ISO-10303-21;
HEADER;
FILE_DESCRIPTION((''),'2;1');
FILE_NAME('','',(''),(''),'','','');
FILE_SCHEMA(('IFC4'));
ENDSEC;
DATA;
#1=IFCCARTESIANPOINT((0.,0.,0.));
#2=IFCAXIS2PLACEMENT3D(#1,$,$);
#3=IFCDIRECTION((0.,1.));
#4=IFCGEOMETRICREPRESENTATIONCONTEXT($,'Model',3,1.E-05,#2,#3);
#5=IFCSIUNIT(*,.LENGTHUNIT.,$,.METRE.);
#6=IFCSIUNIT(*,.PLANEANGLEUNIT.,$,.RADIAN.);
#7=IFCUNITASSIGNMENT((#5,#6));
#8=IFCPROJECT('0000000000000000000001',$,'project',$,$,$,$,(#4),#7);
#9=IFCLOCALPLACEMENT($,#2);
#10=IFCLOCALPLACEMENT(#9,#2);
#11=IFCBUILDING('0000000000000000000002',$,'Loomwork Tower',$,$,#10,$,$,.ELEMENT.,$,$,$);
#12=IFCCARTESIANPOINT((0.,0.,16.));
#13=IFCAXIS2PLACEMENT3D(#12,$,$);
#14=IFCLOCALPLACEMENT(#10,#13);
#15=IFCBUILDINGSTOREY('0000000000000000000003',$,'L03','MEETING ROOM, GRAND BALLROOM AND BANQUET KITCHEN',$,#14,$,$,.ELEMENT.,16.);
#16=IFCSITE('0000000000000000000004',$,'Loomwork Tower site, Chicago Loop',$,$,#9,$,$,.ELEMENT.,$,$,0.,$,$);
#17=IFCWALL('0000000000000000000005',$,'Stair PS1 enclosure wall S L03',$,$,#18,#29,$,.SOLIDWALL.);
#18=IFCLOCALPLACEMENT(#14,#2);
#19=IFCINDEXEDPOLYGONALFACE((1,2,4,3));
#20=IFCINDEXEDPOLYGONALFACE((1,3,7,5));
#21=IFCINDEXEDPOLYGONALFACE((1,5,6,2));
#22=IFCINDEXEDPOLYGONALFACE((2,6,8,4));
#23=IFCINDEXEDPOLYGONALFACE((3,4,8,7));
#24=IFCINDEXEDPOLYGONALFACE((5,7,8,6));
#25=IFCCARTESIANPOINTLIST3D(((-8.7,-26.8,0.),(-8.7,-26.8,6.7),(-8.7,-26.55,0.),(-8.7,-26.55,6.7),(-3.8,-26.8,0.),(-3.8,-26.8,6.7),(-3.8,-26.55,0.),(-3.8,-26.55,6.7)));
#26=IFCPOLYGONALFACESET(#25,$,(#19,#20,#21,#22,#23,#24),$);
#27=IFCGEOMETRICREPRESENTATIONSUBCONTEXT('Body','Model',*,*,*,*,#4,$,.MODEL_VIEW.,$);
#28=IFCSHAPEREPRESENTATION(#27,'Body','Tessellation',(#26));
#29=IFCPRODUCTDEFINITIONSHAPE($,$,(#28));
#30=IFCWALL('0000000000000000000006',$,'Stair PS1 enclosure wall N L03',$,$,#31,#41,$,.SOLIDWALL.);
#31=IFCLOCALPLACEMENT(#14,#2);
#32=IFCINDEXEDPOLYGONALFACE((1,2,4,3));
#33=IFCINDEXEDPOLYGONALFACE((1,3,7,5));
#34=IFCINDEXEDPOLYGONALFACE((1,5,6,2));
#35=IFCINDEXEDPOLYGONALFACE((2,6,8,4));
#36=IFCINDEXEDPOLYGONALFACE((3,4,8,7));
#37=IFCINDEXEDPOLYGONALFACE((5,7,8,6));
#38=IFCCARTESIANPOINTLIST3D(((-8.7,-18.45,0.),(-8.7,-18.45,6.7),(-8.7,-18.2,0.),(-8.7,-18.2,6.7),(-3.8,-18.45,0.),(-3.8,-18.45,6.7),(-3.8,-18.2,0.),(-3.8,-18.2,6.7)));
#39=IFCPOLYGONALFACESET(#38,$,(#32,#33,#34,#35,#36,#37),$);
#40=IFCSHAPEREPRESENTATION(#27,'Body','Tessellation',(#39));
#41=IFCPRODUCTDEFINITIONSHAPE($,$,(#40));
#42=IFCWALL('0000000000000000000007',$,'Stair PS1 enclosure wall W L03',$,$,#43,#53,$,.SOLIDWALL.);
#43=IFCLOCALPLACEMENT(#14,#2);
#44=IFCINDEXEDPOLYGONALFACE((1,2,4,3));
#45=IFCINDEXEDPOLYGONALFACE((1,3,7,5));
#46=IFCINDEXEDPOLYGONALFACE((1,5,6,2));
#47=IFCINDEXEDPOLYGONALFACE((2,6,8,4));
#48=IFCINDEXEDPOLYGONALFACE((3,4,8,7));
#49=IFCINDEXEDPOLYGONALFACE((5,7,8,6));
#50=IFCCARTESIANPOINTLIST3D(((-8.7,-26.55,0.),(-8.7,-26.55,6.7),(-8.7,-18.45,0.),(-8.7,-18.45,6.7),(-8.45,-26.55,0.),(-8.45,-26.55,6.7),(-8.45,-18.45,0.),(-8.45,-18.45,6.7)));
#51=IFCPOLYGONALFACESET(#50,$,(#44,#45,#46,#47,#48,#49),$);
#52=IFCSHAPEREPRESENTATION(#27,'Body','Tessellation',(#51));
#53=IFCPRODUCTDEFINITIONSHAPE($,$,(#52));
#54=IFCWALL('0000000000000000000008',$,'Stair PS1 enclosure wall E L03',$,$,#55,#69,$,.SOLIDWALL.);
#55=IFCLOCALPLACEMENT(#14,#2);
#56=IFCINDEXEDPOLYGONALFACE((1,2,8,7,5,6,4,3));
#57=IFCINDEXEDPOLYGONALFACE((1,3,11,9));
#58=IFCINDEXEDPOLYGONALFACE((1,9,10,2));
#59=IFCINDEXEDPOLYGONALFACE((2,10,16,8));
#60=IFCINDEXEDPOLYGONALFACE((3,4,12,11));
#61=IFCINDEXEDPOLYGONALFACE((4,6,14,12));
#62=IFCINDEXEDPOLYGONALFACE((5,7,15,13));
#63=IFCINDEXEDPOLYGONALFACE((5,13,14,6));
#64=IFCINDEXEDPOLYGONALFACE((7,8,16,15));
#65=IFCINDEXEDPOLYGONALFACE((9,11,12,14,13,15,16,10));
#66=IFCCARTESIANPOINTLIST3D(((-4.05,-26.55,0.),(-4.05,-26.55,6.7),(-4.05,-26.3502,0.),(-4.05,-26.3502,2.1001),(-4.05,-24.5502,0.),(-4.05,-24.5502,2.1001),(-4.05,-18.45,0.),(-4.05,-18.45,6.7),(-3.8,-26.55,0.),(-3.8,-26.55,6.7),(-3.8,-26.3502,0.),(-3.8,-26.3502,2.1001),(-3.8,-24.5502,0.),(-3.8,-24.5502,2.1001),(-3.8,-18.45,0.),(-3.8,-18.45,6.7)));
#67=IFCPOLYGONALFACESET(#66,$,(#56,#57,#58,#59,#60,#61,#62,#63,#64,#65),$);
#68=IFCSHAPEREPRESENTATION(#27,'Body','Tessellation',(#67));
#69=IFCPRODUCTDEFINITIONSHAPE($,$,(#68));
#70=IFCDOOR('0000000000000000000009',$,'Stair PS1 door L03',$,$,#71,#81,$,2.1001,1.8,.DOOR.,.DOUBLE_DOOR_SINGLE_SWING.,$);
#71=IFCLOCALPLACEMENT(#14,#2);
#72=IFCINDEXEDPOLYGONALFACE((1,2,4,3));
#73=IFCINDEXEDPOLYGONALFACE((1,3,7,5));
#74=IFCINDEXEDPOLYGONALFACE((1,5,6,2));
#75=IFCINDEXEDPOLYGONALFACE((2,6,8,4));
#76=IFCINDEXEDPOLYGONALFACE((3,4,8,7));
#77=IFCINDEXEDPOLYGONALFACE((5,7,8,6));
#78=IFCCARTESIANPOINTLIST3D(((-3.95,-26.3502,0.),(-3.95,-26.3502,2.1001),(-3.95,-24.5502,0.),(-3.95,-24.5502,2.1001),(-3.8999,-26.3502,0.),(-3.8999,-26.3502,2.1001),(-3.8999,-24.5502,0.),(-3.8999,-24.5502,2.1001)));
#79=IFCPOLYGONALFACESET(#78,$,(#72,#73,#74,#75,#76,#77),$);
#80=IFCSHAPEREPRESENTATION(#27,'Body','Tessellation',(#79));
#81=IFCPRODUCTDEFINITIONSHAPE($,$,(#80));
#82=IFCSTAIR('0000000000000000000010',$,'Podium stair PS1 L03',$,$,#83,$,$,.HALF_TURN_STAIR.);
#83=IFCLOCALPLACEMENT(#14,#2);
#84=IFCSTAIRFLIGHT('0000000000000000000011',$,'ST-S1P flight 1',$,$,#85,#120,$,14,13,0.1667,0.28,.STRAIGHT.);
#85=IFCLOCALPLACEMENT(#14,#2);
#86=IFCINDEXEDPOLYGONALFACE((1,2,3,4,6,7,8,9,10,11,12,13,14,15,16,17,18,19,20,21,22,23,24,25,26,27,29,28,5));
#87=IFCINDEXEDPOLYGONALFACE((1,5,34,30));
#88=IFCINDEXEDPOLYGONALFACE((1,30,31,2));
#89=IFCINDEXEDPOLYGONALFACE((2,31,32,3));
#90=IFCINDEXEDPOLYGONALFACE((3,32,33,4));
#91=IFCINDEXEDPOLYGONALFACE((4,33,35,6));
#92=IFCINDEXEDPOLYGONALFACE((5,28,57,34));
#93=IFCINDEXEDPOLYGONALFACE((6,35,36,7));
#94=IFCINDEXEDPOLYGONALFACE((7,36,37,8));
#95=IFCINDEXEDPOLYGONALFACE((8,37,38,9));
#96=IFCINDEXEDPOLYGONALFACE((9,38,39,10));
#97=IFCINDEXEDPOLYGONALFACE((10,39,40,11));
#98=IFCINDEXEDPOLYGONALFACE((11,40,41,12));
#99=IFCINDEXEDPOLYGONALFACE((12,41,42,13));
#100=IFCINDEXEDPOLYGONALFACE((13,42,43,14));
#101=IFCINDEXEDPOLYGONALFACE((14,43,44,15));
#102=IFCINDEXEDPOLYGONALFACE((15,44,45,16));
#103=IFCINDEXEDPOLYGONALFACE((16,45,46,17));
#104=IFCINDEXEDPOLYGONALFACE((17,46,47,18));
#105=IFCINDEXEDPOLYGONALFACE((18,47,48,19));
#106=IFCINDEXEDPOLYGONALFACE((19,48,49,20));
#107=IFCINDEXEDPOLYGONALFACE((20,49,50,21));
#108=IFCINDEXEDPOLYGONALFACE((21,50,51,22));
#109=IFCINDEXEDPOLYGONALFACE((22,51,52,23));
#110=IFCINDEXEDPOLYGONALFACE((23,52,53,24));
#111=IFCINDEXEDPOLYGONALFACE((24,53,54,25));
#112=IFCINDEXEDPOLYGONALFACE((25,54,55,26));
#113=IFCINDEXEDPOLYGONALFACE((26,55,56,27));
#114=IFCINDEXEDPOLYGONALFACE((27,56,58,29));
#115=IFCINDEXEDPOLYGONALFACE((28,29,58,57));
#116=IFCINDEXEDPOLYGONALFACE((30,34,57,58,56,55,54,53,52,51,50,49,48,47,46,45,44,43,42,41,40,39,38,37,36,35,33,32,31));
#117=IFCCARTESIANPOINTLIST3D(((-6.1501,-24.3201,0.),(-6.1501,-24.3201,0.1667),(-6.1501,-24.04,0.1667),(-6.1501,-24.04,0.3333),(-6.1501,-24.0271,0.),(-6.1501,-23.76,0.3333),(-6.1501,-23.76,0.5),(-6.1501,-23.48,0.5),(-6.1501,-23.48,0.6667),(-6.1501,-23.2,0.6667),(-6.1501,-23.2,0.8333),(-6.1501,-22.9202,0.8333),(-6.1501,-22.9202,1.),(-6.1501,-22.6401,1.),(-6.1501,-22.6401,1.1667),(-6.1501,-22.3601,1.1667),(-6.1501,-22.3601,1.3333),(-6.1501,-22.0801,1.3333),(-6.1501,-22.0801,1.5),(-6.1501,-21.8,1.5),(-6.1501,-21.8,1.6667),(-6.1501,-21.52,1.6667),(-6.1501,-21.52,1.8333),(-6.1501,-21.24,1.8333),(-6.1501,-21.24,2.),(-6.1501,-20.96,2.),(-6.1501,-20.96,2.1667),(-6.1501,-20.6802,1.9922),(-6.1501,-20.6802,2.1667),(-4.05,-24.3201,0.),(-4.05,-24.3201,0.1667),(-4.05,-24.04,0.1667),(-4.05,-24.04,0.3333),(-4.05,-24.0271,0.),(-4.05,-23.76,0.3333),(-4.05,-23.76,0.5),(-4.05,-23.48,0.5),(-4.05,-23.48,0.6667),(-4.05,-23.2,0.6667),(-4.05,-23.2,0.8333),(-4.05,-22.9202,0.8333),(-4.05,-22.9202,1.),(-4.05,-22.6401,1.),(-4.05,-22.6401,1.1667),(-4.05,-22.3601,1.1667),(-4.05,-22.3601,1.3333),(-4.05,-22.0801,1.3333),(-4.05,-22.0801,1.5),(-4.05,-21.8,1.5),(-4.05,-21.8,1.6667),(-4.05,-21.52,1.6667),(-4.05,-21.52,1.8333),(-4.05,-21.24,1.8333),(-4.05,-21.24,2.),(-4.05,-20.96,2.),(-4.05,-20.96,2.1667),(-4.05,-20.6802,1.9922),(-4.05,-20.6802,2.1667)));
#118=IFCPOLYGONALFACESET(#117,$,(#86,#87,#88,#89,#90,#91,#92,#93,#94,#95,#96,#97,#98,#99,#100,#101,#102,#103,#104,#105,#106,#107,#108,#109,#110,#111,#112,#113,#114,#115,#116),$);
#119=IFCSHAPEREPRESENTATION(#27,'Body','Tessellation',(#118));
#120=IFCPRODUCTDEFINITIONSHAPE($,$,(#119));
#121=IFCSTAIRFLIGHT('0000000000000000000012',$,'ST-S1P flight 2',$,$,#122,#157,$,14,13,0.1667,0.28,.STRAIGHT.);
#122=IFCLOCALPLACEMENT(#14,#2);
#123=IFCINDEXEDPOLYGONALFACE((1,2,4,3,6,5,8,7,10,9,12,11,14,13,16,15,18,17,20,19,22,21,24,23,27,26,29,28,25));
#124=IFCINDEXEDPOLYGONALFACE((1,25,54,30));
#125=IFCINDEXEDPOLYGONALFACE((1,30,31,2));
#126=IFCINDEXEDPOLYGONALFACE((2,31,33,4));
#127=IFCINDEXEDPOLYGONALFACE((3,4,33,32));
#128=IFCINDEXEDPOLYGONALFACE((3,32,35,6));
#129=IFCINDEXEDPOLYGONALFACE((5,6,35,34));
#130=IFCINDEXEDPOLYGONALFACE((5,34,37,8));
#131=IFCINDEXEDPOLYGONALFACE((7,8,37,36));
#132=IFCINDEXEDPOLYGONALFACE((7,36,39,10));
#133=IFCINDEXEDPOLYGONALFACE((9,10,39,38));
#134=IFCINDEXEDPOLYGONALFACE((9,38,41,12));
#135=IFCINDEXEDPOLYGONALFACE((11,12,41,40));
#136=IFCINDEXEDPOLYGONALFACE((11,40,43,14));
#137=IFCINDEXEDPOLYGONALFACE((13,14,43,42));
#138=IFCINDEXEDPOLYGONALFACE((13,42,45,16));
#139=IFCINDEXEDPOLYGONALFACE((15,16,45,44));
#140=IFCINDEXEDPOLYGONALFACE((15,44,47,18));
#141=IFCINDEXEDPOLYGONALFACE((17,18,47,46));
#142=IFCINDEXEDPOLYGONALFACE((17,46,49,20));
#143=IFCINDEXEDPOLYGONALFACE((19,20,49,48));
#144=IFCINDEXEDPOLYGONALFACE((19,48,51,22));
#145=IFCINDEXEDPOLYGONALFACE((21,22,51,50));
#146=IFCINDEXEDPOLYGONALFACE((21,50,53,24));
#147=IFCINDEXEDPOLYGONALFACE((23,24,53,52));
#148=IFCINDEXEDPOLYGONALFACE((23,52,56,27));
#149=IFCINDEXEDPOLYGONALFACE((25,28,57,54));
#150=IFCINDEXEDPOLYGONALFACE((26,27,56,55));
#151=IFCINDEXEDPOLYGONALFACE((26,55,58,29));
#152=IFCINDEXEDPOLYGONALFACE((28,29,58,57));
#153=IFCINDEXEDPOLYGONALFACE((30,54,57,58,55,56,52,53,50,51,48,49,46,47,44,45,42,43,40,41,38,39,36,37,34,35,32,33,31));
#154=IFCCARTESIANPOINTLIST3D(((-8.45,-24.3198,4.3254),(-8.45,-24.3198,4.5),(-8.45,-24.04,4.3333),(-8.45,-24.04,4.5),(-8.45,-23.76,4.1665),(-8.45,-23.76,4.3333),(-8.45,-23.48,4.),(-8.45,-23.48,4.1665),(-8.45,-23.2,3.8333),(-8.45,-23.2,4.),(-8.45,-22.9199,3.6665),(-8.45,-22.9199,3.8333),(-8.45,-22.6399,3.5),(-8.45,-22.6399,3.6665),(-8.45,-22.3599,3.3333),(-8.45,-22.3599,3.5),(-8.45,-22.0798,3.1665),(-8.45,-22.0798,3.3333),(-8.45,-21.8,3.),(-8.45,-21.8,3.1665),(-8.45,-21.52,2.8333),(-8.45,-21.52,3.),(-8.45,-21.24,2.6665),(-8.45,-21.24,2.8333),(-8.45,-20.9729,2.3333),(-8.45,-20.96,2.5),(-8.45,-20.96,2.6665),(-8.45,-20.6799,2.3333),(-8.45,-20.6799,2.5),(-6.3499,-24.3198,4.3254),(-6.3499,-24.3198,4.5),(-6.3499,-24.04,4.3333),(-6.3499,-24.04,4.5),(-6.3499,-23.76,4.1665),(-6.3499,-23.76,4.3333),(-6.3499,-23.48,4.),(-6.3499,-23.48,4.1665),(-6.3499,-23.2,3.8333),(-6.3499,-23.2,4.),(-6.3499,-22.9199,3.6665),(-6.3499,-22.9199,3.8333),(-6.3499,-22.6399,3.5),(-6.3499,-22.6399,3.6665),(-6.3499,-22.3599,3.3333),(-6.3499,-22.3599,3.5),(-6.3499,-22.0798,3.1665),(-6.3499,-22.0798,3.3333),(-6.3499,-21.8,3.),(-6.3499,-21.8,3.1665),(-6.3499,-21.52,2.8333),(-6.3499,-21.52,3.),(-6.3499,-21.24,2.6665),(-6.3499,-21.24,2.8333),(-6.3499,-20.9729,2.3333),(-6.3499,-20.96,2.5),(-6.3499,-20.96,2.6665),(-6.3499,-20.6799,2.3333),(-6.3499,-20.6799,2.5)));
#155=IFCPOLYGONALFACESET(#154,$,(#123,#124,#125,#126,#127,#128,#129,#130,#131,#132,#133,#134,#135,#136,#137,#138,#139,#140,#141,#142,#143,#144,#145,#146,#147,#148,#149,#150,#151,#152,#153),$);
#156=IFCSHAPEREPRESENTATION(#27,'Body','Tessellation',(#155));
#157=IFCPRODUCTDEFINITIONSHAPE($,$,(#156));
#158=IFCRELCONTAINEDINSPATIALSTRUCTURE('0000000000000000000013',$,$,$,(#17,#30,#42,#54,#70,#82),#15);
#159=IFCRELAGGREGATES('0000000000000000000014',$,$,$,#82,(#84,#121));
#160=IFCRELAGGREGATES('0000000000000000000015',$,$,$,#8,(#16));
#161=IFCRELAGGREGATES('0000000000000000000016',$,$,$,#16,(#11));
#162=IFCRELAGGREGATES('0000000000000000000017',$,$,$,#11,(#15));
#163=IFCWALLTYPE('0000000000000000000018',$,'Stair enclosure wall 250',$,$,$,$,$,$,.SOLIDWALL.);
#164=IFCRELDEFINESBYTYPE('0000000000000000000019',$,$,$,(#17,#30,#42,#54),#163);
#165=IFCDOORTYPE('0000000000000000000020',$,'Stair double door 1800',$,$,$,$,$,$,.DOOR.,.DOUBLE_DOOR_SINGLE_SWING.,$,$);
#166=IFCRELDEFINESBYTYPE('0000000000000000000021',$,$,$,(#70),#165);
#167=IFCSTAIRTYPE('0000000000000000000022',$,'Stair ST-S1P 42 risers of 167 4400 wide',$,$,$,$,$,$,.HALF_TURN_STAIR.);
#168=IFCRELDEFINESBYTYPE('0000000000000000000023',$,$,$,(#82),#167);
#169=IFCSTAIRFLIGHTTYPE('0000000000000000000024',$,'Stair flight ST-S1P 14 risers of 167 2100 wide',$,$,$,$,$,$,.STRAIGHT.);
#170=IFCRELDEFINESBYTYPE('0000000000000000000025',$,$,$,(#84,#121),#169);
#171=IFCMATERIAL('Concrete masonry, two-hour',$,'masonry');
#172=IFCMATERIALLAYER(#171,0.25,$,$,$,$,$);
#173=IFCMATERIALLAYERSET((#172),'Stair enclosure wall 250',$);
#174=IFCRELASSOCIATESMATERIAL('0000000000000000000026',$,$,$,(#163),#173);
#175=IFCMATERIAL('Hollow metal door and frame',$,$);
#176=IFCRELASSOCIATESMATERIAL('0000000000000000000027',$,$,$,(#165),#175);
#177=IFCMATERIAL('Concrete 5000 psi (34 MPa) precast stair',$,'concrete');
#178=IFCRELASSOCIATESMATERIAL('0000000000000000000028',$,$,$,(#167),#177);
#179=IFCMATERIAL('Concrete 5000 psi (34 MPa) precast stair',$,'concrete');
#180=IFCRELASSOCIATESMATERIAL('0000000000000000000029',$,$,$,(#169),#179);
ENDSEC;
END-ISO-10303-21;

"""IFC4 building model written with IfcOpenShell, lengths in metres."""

from ifc_helpers import new_model, si_unit, direction, frame, frame_2d, origin, place, context, subcontext, project, spatial, polyline, rectangle, outline, extrude, material, layer, layer_set, type_object, element, fill, aggregate, save


model = new_model("IFC4")

# Units and contexts
model_context = context("Model", 3, precision=1e-05, world=origin(), true_north=direction((0.0, 1.0)))
body_context = subcontext(model_context, "Body", "Model", "MODEL_VIEW")
ifc_project = project(units=[si_unit("LENGTHUNIT", "METRE"), si_unit("PLANEANGLEUNIT", "RADIAN")], contexts=[model_context])

# Site, building, storey
site_placement = place(None, origin())
site = spatial("IfcSite", under=ifc_project, at=site_placement, Name="Loomwork Tower site, Chicago Loop", CompositionType="ELEMENT", RefElevation=0.0)
building_placement = place(site_placement, origin())
building = spatial("IfcBuilding", under=site, at=building_placement, Name="Loomwork Tower", CompositionType="ELEMENT")
storey_placement = place(building_placement, frame((0.0, 0.0, 16.0)))
storey = spatial("IfcBuildingStorey", under=building, at=storey_placement, Name="L03", Description="MEETING ROOM, GRAND BALLROOM AND BANQUET KITCHEN", CompositionType="ELEMENT", Elevation=16.0)

# Walls
ifc_material_1 = material(Name="Concrete masonry, two-hour", Category="masonry")
ifc_layer_1 = layer(ifc_material_1, 0.25)
ifc_layer_set_1 = layer_set([ifc_layer_1], Name="Stair enclosure wall 250")
wall_type_1 = type_object("IfcWallType", Name="Stair enclosure wall 250", PredefinedType="SOLIDWALL", material=ifc_layer_set_1)
for number, where, z_axis, x_axis, name in (
    (1, (-8.7, -26.675, 0.0), (0.0, 0.0, 1.0), (1.0, 0.0, 0.0), "Stair PS1 enclosure wall S L03"),
    (2, (-8.7, -18.325, 0.0), (0.0, 0.0, 1.0), (1.0, 0.0, 0.0), "Stair PS1 enclosure wall N L03"),
):
    element("IfcWall", number, at=place(storey_placement, frame(where, z_axis=z_axis, x_axis=x_axis)), inside=storey, type_object=wall_type_1, Name=name, PredefinedType="SOLIDWALL", context=body_context, shape_type="SweptSolid", body=[
        extrude(rectangle(XDim=4.8999, YDim=0.25, at=frame_2d((2.45, 0.0))), origin(), (0.0, 0.0, 1.0), 6.7),
    ])
wall_1_placement = place(storey_placement, frame((-8.575, -26.55, 0.0), z_axis=(0.0, 0.0, 1.0), x_axis=(0.0, 1.0, 0.0)))
element("IfcWall", 3, at=wall_1_placement, inside=storey, type_object=wall_type_1, Name="Stair PS1 enclosure wall W L03", PredefinedType="SOLIDWALL", context=body_context, shape_type="SweptSolid", body=[
    extrude(rectangle(XDim=8.1001, YDim=0.25, at=frame_2d((4.05, 0.0))), origin(), (0.0, 0.0, 1.0), 6.7),
])

# Wall, opening, door
wall_2_placement = place(storey_placement, frame((-3.925, -26.55, 0.0), z_axis=(0.0, 0.0, 1.0), x_axis=(0.0, 1.0, 0.0)))
wall_2 = element("IfcWall", 4, at=wall_2_placement, inside=storey, type_object=wall_type_1, Name="Stair PS1 enclosure wall E L03", PredefinedType="SOLIDWALL", context=body_context, shape_type="SweptSolid", body=[
    extrude(rectangle(XDim=8.1001, YDim=0.25, at=frame_2d((4.05, 0.0))), origin(), (0.0, 0.0, 1.0), 6.7),
])
opening_1_placement = place(wall_2_placement, frame((0.2, 0.0, 0.0)))
opening_1 = element("IfcOpeningElement", 5, at=opening_1_placement, cuts=wall_2, PredefinedType="OPENING", context=body_context, shape_type="SweptSolid", body=[
    extrude(rectangle(XDim=1.8, YDim=2.1001, at=frame_2d((0.8999, 1.05))), frame((0.0, 0.135, 0.0), z_axis=(0.0, -1.0, 0.0), x_axis=(1.0, 0.0, 0.0)), (0.0, 0.0, 1.0), 0.27),
])
ifc_material_2 = material(Name="Hollow metal door and frame")
door_type = type_object("IfcDoorType", Name="Stair double door 1800", OperationType="DOUBLE_DOOR_SINGLE_SWING", PredefinedType="DOOR", material=ifc_material_2)
door_placement = place(opening_1_placement, origin())
door = element("IfcDoor", 6, at=door_placement, inside=storey, type_object=door_type, Name="Stair PS1 door L03", OperationType="DOUBLE_DOOR_SINGLE_SWING", OverallHeight=2.1001, OverallWidth=1.8, PredefinedType="DOOR", context=body_context, shape_type="SweptSolid", body=[
    extrude(rectangle(XDim=1.8, YDim=2.1001, at=frame_2d((0.8999, 1.05))), frame((0.0, 0.0249, 0.0), z_axis=(0.0, -1.0, 0.0), x_axis=(1.0, 0.0, 0.0)), (0.0, 0.0, 1.0), 0.05),
])
fill(opening_1, door)

# Stair, stair flights
ifc_material_3 = material(Name="Concrete 5000 psi (34 MPa) precast stair", Category="concrete")
stair_type = type_object("IfcStairType", Name="Stair ST-S1P 42 risers of 167 4400 wide", PredefinedType="HALF_TURN_STAIR", material=ifc_material_3)
stair_placement = place(storey_placement, origin())
stair = element("IfcStair", 7, at=stair_placement, inside=storey, type_object=stair_type, Name="Podium stair PS1 L03", PredefinedType="HALF_TURN_STAIR")
ifc_material_4 = material(Name="Concrete 5000 psi (34 MPa) precast stair", Category="concrete")
stair_flight_type = type_object("IfcStairFlightType", Name="Stair flight ST-S1P 14 risers of 167 2100 wide", PredefinedType="STRAIGHT", material=ifc_material_4)
stair_flight_1_placement = place(storey_placement, frame((-5.1001, -24.3201, 0.0), z_axis=(0.0, 0.0, 1.0), x_axis=(0.0, 1.0, 0.0)))
stair_flight_1 = element("IfcStairFlight", 8, at=stair_flight_1_placement, type_object=stair_flight_type, Name="ST-S1P flight 1", NumberOfRisers=14, NumberOfTreads=13, PredefinedType="STRAIGHT", RiserHeight=0.1667, TreadLength=0.28, context=body_context, shape_type="SweptSolid", body=[
    extrude(outline(polyline([(0.0, 0.0), (0.0, 0.1667), (0.28, 0.1667), (0.28, 0.3333), (0.5601, 0.3333), (0.5601, 0.5), (0.8401, 0.5), (0.8401, 0.6667), (1.1201, 0.6667), (1.1201, 0.8333), (1.3999, 0.8333), (1.3999, 1.0), (1.6799, 1.0), (1.6799, 1.1667), (1.96, 1.1667), (1.96, 1.3333), (2.24, 1.3333), (2.24, 1.5), (2.52, 1.5), (2.52, 1.6667), (2.8, 1.6667), (2.8, 1.8333), (3.0801, 1.8333), (3.0801, 2.0), (3.3601, 2.0), (3.3601, 2.1667), (3.6399, 2.1667), (3.6399, 2.3333), (3.6399, 1.9922), (0.293, 0.0), (0.0, 0.0)])), frame((0.0, 1.05, 0.0), z_axis=(0.0, -1.0, 0.0), x_axis=(1.0, 0.0, 0.0)), (0.0, 0.0, 1.0), 2.1001),
])
stair_flight_2_placement = place(storey_placement, frame((-7.3999, -20.6799, 2.3333), z_axis=(0.0, 0.0, 1.0), x_axis=(0.0, -1.0, 0.0)))
stair_flight_2 = element("IfcStairFlight", 9, at=stair_flight_2_placement, type_object=stair_flight_type, Name="ST-S1P flight 2", NumberOfRisers=14, NumberOfTreads=13, PredefinedType="STRAIGHT", RiserHeight=0.1667, TreadLength=0.28, context=body_context, shape_type="SweptSolid", body=[
    extrude(outline(polyline([(0.0, 0.0), (0.0, 0.1667), (0.28, 0.1667), (0.28, 0.3333), (0.5601, 0.3333), (0.5601, 0.5), (0.8401, 0.5), (0.8401, 0.6667), (1.1201, 0.6667), (1.1201, 0.8333), (1.3999, 0.8333), (1.3999, 1.0), (1.6799, 1.0), (1.6799, 1.1667), (1.96, 1.1667), (1.96, 1.3333), (2.24, 1.3333), (2.24, 1.5), (2.52, 1.5), (2.52, 1.6667), (2.8, 1.6667), (2.8, 1.8333), (3.0801, 1.8333), (3.0801, 2.0), (3.3601, 2.0), (3.3601, 2.1667), (3.6399, 2.1667), (3.6399, 2.3333), (3.6399, 1.9922), (0.293, 0.0), (0.0, 0.0)])), frame((0.0, 1.05, 0.0), z_axis=(0.0, -1.0, 0.0), x_axis=(1.0, 0.0, 0.0)), (0.0, 0.0, 1.0), 2.1001),
])
aggregate(stair, [stair_flight_1, stair_flight_2])

save(model, "model.ifc")
